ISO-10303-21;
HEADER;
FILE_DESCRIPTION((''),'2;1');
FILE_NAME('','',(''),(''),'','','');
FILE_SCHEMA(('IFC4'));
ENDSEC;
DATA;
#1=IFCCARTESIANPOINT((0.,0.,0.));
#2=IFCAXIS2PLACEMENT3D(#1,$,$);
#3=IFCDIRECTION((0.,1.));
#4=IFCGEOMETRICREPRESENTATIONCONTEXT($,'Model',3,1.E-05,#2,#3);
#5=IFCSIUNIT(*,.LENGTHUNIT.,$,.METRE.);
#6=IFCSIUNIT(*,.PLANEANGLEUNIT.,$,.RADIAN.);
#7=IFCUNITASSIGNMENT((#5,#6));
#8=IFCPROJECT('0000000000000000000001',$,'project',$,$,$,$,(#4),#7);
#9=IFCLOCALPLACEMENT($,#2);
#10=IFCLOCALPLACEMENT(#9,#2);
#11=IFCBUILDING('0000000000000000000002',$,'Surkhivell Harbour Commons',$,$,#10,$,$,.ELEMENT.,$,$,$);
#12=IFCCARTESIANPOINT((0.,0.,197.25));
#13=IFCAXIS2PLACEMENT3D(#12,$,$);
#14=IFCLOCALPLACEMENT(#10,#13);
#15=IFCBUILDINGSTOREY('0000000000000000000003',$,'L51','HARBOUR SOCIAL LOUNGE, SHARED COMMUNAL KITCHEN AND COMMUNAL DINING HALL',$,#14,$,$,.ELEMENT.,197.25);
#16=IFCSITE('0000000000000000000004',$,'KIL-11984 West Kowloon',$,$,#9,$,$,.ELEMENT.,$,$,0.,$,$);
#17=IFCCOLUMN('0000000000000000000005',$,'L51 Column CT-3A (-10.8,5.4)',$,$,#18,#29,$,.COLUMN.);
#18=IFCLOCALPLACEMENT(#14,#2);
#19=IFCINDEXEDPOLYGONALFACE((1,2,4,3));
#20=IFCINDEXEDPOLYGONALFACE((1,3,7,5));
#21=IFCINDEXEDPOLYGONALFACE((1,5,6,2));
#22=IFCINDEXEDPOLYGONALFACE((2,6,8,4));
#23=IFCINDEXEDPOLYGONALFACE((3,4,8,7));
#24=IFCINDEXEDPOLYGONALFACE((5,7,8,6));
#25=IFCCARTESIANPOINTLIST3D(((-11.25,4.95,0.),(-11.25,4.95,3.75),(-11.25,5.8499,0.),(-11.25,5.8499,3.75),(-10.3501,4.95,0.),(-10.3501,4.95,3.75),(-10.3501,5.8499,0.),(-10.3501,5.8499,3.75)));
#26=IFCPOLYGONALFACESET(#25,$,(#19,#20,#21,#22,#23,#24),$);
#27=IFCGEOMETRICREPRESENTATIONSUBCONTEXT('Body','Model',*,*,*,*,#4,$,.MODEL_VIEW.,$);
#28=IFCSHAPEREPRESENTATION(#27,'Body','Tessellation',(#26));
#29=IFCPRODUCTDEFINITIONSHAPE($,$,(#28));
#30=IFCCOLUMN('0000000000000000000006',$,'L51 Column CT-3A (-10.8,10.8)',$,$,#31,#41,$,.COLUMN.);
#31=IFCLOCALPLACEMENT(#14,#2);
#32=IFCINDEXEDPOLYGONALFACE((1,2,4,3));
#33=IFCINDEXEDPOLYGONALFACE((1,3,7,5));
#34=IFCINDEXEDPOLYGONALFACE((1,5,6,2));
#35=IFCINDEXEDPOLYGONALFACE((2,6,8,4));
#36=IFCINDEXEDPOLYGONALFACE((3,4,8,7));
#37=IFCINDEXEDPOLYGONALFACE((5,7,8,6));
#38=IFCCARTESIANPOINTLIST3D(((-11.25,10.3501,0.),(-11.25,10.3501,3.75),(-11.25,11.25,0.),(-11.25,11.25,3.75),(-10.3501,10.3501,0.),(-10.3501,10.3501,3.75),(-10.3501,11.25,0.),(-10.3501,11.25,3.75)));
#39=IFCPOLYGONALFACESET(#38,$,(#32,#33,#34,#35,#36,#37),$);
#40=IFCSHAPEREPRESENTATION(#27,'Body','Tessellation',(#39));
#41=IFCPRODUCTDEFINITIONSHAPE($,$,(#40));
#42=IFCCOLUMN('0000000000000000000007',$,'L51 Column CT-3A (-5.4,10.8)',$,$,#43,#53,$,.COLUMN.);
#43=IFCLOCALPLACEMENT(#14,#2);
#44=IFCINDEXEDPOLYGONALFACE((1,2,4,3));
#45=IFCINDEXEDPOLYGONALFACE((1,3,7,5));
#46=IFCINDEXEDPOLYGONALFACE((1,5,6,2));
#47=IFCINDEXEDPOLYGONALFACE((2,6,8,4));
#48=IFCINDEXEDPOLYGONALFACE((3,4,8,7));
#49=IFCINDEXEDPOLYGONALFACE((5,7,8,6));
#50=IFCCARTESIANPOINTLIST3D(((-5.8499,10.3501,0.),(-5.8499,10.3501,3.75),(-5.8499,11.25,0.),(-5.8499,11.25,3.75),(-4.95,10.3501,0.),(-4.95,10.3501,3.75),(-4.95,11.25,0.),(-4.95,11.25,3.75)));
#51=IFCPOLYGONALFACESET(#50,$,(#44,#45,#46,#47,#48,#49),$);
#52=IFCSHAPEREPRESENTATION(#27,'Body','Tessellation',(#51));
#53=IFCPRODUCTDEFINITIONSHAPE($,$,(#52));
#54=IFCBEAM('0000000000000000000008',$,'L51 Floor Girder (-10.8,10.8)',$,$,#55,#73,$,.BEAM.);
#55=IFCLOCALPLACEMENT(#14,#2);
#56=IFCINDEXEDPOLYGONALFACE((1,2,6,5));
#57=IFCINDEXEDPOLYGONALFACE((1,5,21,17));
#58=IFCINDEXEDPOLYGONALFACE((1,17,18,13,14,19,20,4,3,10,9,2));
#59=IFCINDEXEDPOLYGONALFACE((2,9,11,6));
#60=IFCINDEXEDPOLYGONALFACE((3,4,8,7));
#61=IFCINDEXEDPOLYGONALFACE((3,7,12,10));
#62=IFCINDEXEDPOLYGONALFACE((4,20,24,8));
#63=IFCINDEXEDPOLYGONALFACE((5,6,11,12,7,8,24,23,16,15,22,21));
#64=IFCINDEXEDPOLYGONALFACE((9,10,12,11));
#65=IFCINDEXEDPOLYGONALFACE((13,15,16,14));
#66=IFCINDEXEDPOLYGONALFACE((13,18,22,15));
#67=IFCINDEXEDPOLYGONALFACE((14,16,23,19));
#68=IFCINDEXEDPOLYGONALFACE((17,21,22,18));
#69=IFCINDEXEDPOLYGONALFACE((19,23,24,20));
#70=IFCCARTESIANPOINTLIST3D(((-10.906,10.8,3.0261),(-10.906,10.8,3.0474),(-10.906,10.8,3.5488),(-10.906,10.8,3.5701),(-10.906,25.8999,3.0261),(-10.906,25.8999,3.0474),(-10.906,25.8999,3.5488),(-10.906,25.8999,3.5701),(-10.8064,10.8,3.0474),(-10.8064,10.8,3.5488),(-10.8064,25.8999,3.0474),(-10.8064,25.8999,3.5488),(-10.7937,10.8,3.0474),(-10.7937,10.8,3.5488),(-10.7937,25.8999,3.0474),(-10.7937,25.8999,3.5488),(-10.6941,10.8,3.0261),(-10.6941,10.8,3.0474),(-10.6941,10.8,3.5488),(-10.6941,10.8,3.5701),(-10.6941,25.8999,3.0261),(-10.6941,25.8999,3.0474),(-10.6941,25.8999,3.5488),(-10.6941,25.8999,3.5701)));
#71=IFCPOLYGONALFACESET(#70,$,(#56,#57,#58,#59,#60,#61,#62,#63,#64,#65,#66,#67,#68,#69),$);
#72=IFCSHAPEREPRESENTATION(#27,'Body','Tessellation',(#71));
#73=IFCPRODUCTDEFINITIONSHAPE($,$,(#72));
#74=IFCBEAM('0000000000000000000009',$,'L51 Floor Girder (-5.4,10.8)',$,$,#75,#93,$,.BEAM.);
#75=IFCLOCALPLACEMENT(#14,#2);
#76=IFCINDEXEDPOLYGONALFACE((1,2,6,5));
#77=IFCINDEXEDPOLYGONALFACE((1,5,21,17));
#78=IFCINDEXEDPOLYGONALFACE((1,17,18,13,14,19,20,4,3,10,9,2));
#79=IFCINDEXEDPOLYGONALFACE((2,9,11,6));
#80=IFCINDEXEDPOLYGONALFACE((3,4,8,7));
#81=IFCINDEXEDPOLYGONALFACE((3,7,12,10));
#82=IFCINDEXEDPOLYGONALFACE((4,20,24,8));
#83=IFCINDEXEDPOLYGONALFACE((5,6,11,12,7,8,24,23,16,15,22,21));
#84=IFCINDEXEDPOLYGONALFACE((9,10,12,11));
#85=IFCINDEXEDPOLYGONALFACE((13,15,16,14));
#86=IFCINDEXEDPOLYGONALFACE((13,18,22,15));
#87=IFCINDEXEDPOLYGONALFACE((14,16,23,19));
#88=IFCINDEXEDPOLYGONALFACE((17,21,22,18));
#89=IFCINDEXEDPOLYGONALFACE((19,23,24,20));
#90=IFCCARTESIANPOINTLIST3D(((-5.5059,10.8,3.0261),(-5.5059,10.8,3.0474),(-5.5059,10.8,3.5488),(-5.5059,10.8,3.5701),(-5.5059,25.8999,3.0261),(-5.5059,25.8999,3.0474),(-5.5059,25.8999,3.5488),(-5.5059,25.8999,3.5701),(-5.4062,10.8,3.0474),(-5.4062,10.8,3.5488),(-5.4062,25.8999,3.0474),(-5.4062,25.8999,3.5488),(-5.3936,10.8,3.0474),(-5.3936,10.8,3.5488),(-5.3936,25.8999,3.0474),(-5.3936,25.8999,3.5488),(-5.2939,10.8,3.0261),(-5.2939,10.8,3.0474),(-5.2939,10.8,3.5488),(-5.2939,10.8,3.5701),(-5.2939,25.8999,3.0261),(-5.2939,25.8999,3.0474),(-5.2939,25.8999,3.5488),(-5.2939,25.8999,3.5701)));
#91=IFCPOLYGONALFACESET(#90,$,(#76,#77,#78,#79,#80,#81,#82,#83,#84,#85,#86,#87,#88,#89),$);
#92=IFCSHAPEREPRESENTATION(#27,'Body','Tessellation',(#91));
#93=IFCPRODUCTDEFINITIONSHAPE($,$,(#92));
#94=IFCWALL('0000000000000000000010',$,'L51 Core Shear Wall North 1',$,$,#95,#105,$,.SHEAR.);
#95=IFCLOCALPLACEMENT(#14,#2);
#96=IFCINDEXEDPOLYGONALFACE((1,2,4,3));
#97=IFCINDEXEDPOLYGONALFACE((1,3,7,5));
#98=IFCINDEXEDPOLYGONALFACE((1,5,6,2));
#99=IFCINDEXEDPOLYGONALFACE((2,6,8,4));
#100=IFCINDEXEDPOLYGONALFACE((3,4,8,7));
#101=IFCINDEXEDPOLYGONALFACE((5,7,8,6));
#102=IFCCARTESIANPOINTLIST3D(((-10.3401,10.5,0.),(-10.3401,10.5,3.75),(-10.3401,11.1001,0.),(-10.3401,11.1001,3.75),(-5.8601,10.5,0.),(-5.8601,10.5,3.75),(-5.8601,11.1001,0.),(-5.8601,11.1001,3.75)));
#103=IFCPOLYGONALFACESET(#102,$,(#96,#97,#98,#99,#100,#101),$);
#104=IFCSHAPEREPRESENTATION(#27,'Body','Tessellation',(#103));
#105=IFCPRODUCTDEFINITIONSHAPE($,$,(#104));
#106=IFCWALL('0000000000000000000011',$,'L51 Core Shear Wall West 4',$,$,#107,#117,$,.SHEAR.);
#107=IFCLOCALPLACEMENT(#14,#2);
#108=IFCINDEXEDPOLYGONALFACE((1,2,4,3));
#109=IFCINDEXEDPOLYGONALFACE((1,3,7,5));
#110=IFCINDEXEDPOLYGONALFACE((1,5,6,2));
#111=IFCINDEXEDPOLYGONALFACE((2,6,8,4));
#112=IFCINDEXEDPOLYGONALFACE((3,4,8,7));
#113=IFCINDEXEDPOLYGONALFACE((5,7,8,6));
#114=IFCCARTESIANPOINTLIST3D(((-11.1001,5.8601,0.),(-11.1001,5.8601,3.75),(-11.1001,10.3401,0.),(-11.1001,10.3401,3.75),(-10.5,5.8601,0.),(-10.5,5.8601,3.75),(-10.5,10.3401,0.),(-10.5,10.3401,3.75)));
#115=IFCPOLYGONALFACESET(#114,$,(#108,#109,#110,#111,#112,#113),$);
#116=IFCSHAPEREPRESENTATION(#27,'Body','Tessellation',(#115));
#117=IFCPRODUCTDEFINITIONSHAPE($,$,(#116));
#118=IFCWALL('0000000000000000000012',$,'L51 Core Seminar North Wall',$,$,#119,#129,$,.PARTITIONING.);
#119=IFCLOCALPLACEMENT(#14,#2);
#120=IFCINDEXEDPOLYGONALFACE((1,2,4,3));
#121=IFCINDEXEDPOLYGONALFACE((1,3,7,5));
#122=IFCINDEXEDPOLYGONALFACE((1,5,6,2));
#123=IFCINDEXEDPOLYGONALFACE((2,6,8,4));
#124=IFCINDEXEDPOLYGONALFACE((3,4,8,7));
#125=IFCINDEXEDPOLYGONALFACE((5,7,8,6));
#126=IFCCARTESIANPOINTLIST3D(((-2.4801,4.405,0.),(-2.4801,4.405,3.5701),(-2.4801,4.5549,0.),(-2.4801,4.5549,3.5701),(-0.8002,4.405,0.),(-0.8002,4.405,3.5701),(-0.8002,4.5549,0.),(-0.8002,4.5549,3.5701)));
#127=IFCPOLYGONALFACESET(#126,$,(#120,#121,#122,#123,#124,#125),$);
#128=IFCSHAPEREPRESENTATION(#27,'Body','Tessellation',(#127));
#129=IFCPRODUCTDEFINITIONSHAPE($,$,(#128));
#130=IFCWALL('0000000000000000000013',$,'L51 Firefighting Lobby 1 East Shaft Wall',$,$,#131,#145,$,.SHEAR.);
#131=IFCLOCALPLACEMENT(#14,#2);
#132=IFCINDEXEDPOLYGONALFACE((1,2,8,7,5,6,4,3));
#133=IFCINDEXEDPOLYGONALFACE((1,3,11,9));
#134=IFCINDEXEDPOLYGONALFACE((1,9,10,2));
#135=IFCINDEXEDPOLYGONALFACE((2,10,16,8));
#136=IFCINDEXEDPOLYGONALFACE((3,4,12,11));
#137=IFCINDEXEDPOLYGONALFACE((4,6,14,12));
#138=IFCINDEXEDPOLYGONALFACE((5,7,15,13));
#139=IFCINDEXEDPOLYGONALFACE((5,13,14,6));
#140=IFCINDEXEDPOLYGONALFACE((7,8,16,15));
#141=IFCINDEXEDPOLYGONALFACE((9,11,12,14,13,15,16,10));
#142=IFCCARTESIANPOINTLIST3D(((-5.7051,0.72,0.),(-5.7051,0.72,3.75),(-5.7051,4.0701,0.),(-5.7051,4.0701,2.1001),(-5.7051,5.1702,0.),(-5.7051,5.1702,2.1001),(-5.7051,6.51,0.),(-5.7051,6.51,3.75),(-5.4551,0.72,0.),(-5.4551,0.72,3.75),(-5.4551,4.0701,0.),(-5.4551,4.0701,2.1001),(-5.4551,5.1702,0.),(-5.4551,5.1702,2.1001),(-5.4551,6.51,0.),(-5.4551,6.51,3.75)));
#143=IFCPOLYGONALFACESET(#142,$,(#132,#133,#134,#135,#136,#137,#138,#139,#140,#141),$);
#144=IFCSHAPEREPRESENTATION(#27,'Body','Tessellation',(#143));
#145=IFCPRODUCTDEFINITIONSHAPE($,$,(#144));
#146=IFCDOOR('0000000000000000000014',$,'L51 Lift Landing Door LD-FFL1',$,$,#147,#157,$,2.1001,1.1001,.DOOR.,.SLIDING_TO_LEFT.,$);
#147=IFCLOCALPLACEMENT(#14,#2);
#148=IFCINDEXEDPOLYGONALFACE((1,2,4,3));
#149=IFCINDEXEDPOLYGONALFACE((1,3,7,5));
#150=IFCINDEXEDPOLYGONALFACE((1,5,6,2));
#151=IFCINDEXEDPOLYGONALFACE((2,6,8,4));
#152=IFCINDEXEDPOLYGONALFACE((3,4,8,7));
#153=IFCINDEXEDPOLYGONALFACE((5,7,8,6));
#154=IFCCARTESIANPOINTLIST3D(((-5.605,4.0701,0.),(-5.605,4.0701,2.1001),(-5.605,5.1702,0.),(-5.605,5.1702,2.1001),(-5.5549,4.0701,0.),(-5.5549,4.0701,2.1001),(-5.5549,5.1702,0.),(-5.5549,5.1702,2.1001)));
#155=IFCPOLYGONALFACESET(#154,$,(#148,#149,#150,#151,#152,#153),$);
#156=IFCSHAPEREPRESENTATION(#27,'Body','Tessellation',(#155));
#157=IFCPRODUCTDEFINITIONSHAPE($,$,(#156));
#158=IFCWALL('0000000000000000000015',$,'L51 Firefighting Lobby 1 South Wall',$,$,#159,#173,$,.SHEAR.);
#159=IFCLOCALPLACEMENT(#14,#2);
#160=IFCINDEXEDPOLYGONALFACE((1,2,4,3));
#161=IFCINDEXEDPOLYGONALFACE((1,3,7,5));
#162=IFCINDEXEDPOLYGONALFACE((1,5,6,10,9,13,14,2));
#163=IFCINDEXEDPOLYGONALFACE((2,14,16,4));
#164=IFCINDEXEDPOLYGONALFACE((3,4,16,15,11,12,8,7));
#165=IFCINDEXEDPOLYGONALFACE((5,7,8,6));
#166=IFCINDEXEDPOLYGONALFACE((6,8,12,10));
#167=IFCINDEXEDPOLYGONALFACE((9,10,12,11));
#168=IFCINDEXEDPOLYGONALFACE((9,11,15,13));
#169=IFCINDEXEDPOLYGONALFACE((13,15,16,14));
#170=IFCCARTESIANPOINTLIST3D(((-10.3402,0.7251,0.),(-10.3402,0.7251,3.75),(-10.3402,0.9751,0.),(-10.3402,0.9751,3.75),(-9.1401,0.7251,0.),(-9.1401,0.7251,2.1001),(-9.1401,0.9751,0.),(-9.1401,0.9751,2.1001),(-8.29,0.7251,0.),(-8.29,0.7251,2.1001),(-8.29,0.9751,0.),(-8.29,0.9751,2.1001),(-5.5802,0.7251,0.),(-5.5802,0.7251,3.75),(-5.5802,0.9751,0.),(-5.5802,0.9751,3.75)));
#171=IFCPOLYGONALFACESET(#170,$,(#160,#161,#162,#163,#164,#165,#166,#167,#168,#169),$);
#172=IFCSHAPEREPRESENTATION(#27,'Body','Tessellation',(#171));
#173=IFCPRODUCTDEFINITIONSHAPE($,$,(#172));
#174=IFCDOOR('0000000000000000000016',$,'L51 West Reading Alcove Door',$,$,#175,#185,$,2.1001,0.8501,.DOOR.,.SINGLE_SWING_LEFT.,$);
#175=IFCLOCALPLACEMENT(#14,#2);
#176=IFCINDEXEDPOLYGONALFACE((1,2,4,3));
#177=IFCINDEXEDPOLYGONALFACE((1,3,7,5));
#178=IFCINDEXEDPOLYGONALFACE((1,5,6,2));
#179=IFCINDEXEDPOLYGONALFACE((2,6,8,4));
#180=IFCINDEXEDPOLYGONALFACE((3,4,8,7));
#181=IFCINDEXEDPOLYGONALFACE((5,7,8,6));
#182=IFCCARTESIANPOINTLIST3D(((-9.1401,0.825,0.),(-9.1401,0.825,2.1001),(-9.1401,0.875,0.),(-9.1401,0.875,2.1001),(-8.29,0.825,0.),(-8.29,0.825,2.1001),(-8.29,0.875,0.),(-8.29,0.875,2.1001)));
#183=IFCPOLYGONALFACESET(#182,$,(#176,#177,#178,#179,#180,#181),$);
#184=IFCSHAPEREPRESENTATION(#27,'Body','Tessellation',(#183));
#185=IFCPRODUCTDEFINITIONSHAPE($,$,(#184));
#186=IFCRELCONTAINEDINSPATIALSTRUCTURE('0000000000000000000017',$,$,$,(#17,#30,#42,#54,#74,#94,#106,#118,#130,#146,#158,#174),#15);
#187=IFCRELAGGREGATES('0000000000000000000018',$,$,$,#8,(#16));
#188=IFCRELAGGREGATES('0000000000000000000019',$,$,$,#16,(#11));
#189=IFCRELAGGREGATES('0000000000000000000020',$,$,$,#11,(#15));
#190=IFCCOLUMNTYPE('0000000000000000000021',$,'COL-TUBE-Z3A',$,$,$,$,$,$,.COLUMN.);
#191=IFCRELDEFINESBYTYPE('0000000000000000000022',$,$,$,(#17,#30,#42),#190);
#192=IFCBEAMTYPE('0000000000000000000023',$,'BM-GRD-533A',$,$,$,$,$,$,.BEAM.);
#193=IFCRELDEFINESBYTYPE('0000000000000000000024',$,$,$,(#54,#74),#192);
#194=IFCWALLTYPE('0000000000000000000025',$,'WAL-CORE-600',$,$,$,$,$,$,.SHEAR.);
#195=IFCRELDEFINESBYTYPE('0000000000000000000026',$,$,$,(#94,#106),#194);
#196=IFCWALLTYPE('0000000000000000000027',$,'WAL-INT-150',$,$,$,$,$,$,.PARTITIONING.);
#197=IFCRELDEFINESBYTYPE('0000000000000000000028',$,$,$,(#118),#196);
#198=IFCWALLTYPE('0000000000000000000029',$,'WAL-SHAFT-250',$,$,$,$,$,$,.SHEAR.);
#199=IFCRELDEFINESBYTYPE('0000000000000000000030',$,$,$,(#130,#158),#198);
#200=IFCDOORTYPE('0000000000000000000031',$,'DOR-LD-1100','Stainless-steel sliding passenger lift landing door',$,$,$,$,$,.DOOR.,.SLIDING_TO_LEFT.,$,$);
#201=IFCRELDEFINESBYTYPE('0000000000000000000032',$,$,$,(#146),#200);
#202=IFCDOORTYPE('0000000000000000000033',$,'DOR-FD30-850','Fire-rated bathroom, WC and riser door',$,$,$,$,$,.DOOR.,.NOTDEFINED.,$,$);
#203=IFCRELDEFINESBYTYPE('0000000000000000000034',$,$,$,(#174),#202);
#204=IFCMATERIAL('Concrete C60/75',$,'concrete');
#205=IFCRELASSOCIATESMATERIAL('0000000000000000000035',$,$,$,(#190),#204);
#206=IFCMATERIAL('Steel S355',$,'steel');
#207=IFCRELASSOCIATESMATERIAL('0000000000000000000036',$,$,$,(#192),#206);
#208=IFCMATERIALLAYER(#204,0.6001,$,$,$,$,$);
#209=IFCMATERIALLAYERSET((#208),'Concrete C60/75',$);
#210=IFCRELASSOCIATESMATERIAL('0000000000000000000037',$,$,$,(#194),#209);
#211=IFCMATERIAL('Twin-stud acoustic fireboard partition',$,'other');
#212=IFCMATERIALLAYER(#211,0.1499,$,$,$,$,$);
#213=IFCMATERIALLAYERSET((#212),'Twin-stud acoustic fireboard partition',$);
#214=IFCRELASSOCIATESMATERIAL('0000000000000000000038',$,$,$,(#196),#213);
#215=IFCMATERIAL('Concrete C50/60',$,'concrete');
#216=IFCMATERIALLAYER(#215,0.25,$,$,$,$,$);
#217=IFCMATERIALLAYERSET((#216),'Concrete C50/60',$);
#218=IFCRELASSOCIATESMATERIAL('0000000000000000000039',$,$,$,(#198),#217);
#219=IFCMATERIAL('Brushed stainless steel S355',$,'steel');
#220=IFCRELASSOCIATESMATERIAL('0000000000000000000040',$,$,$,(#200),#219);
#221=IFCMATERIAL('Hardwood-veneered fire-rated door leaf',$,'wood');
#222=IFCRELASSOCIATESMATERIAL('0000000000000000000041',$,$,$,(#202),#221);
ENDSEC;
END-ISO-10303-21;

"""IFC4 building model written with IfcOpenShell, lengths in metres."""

from ifc_helpers import new_model, si_unit, direction, frame, frame_2d, origin, origin_2d, place, context, subcontext, project, spatial, rectangle, i_section, extrude, material, layer, layer_set, material_profile, profile_set, type_object, element, fill, save


model = new_model("IFC4")

# Units and contexts
model_context = context("Model", 3, precision=1e-05, world=origin(), true_north=direction((0.0, 1.0)))
body_context = subcontext(model_context, "Body", "Model", "MODEL_VIEW")
ifc_project = project(units=[si_unit("LENGTHUNIT", "METRE"), si_unit("PLANEANGLEUNIT", "RADIAN")], contexts=[model_context])

# Site, building, storey
site_placement = place(None, origin())
site = spatial("IfcSite", under=ifc_project, at=site_placement, Name="KIL-11984 West Kowloon", CompositionType="ELEMENT", RefElevation=0.0)
building_placement = place(site_placement, origin())
building = spatial("IfcBuilding", under=site, at=building_placement, Name="Surkhivell Harbour Commons", CompositionType="ELEMENT")
storey_placement = place(building_placement, frame((0.0, 0.0, 197.25)))
storey = spatial("IfcBuildingStorey", under=building, at=storey_placement, Name="L51", Description="HARBOUR SOCIAL LOUNGE, SHARED COMMUNAL KITCHEN AND COMMUNAL DINING HALL", CompositionType="ELEMENT", Elevation=197.25)

# Columns
ifc_material_1 = material(Name="Concrete C60/75", Category="concrete")
ifc_material_profile_1 = material_profile(ifc_material_1, rectangle(XDim=0.8999, YDim=0.8999, at=origin_2d()), Name="RC-COL-900x900")
ifc_profile_set_1 = profile_set([ifc_material_profile_1], Name="Concrete C60/75")
column_type = type_object("IfcColumnType", Name="COL-TUBE-Z3A", PredefinedType="COLUMN", material=ifc_profile_set_1)
for number, where, z_axis, x_axis, name in (
    (1, (-10.8, 5.3999, 0.0), (0.0, 0.0, 1.0), (1.0, 0.0, 0.0), "L51 Column CT-3A (-10.8,5.4)"),
    (2, (-10.8, 10.8, 0.0), (0.0, 0.0, 1.0), (1.0, 0.0, 0.0), "L51 Column CT-3A (-10.8,10.8)"),
    (3, (-5.3999, 10.8, 0.0), (0.0, 0.0, 1.0), (1.0, 0.0, 0.0), "L51 Column CT-3A (-5.4,10.8)"),
):
    element("IfcColumn", number, at=place(storey_placement, frame(where, z_axis=z_axis, x_axis=x_axis)), inside=storey, type_object=column_type, Name=name, PredefinedType="COLUMN", context=body_context, shape_type="SweptSolid", body=[
        extrude(rectangle(XDim=0.8999, YDim=0.8999, at=origin_2d()), origin(), (0.0, 0.0, 1.0), 3.75),
    ])

# Beams
ifc_material_2 = material(Name="Steel S355", Category="steel")
ifc_material_profile_2 = material_profile(ifc_material_2, i_section(OverallWidth=0.2119, OverallDepth=0.5439, WebThickness=0.0127, FlangeThickness=0.0212, at=origin_2d()), Name="UB533x210x122")
ifc_profile_set_2 = profile_set([ifc_material_profile_2], Name="Steel S355")
beam_type = type_object("IfcBeamType", Name="BM-GRD-533A", PredefinedType="BEAM", material=ifc_profile_set_2)
for number, where, z_axis, x_axis, name in (
    (4, (-10.8, 10.8, 3.2981), (0.0, 1.0, 0.0), (-1.0, 0.0, 0.0), "L51 Floor Girder (-10.8,10.8)"),
    (5, (-5.3999, 10.8, 3.2981), (0.0, 1.0, 0.0), (-1.0, 0.0, 0.0), "L51 Floor Girder (-5.4,10.8)"),
):
    element("IfcBeam", number, at=place(storey_placement, frame(where, z_axis=z_axis, x_axis=x_axis)), inside=storey, type_object=beam_type, Name=name, PredefinedType="BEAM", context=body_context, shape_type="SweptSolid", body=[
        extrude(i_section(OverallWidth=0.2119, OverallDepth=0.5439, WebThickness=0.0127, FlangeThickness=0.0212, at=origin_2d()), origin(), (0.0, 0.0, 1.0), 15.0999),
    ])

# Walls
ifc_layer_1 = layer(ifc_material_1, 0.6001)
ifc_layer_set_1 = layer_set([ifc_layer_1], Name="Concrete C60/75")
wall_type_1 = type_object("IfcWallType", Name="WAL-CORE-600", PredefinedType="SHEAR", material=ifc_layer_set_1)
for number, where, z_axis, x_axis, name in (
    (6, (-10.3401, 10.8, 0.0), (0.0, 0.0, 1.0), (1.0, 0.0, 0.0), "L51 Core Shear Wall North 1"),
    (7, (-10.8, 5.8601, 0.0), (0.0, 0.0, 1.0), (0.0, 1.0, 0.0), "L51 Core Shear Wall West 4"),
):
    element("IfcWall", number, at=place(storey_placement, frame(where, z_axis=z_axis, x_axis=x_axis)), inside=storey, type_object=wall_type_1, Name=name, PredefinedType="SHEAR", context=body_context, shape_type="SweptSolid", body=[
        extrude(rectangle(XDim=4.48, YDim=0.6001, at=frame_2d((2.24, 0.0))), origin(), (0.0, 0.0, 1.0), 3.75),
    ])
ifc_material_3 = material(Name="Twin-stud acoustic fireboard partition", Category="other")
ifc_layer_2 = layer(ifc_material_3, 0.1499)
ifc_layer_set_2 = layer_set([ifc_layer_2], Name="Twin-stud acoustic fireboard partition")
wall_type_2 = type_object("IfcWallType", Name="WAL-INT-150", PredefinedType="PARTITIONING", material=ifc_layer_set_2)
wall_1_placement = place(storey_placement, frame((-2.48, 4.48, 0.0), z_axis=(0.0, 0.0, 1.0), x_axis=(1.0, 0.0, 0.0)))
element("IfcWall", 8, at=wall_1_placement, inside=storey, type_object=wall_type_2, Name="L51 Core Seminar North Wall", PredefinedType="PARTITIONING", context=body_context, shape_type="SweptSolid", body=[
    extrude(rectangle(XDim=1.6799, YDim=0.1499, at=frame_2d((0.8398, 0.0))), origin(), (0.0, 0.0, 1.0), 3.5701),
])

# Walls, openings, doors
ifc_material_4 = material(Name="Concrete C50/60", Category="concrete")
ifc_layer_3 = layer(ifc_material_4, 0.25)
ifc_layer_set_3 = layer_set([ifc_layer_3], Name="Concrete C50/60")
wall_type_3 = type_object("IfcWallType", Name="WAL-SHAFT-250", PredefinedType="SHEAR", material=ifc_layer_set_3)
wall_2_placement = place(storey_placement, frame((-5.5801, 0.72, 0.0), z_axis=(0.0, 0.0, 1.0), x_axis=(0.0, 1.0, 0.0)))
wall_2 = element("IfcWall", 9, at=wall_2_placement, inside=storey, type_object=wall_type_3, Name="L51 Firefighting Lobby 1 East Shaft Wall", PredefinedType="SHEAR", context=body_context, shape_type="SweptSolid", body=[
    extrude(rectangle(XDim=5.79, YDim=0.25, at=frame_2d((2.895, 0.0))), origin(), (0.0, 0.0, 1.0), 3.75),
])
opening_1_placement = place(wall_2_placement, frame((3.3501, 0.0, 0.0)))
opening_1 = element("IfcOpeningElement", 10, at=opening_1_placement, cuts=wall_2, PredefinedType="OPENING", context=body_context, shape_type="SweptSolid", body=[
    extrude(rectangle(XDim=1.1001, YDim=2.1001, at=frame_2d((0.55, 1.05))), frame((0.0, 0.135, 0.0), z_axis=(0.0, -1.0, 0.0), x_axis=(1.0, 0.0, 0.0)), (0.0, 0.0, 1.0), 0.27),
])
ifc_material_5 = material(Name="Brushed stainless steel S355", Category="steel")
door_type_1 = type_object("IfcDoorType", Name="DOR-LD-1100", Description="Stainless-steel sliding passenger lift landing door", OperationType="SLIDING_TO_LEFT", PredefinedType="DOOR", material=ifc_material_5)
door_1_placement = place(opening_1_placement, origin())
door_1 = element("IfcDoor", 11, at=door_1_placement, inside=storey, type_object=door_type_1, Name="L51 Lift Landing Door LD-FFL1", OperationType="SLIDING_TO_LEFT", OverallHeight=2.1001, OverallWidth=1.1001, PredefinedType="DOOR", context=body_context, shape_type="SweptSolid", body=[
    extrude(rectangle(XDim=1.1001, YDim=2.1001, at=frame_2d((0.55, 1.05))), frame((0.0, 0.0249, 0.0), z_axis=(0.0, -1.0, 0.0), x_axis=(1.0, 0.0, 0.0)), (0.0, 0.0, 1.0), 0.05),
])
fill(opening_1, door_1)
wall_3_placement = place(storey_placement, frame((-10.3401, 0.8501, 0.0), z_axis=(0.0, 0.0, 1.0), x_axis=(1.0, 0.0, 0.0)))
wall_3 = element("IfcWall", 12, at=wall_3_placement, inside=storey, type_object=wall_type_3, Name="L51 Firefighting Lobby 1 South Wall", PredefinedType="SHEAR", context=body_context, shape_type="SweptSolid", body=[
    extrude(rectangle(XDim=4.76, YDim=0.25, at=frame_2d((2.3799, 0.0))), origin(), (0.0, 0.0, 1.0), 3.75),
])
opening_2_placement = place(wall_3_placement, frame((1.2, 0.0, 0.0)))
opening_2 = element("IfcOpeningElement", 13, at=opening_2_placement, cuts=wall_3, PredefinedType="OPENING", context=body_context, shape_type="SweptSolid", body=[
    extrude(rectangle(XDim=0.8501, YDim=2.1001, at=frame_2d((0.425, 1.05))), frame((0.0, 0.135, 0.0), z_axis=(0.0, -1.0, 0.0), x_axis=(1.0, 0.0, 0.0)), (0.0, 0.0, 1.0), 0.27),
])
ifc_material_6 = material(Name="Hardwood-veneered fire-rated door leaf", Category="wood")
door_type_2 = type_object("IfcDoorType", Name="DOR-FD30-850", Description="Fire-rated bathroom, WC and riser door", OperationType="NOTDEFINED", PredefinedType="DOOR", material=ifc_material_6)
door_2_placement = place(opening_2_placement, origin())
door_2 = element("IfcDoor", 14, at=door_2_placement, inside=storey, type_object=door_type_2, Name="L51 West Reading Alcove Door", OperationType="SINGLE_SWING_LEFT", OverallHeight=2.1001, OverallWidth=0.8501, PredefinedType="DOOR", context=body_context, shape_type="SweptSolid", body=[
    extrude(rectangle(XDim=0.8501, YDim=2.1001, at=frame_2d((0.425, 1.05))), frame((0.0, 0.0249, 0.0), z_axis=(0.0, -1.0, 0.0), x_axis=(1.0, 0.0, 0.0)), (0.0, 0.0, 1.0), 0.05),
])
fill(opening_2, door_2)

save(model, "model.ifc")
